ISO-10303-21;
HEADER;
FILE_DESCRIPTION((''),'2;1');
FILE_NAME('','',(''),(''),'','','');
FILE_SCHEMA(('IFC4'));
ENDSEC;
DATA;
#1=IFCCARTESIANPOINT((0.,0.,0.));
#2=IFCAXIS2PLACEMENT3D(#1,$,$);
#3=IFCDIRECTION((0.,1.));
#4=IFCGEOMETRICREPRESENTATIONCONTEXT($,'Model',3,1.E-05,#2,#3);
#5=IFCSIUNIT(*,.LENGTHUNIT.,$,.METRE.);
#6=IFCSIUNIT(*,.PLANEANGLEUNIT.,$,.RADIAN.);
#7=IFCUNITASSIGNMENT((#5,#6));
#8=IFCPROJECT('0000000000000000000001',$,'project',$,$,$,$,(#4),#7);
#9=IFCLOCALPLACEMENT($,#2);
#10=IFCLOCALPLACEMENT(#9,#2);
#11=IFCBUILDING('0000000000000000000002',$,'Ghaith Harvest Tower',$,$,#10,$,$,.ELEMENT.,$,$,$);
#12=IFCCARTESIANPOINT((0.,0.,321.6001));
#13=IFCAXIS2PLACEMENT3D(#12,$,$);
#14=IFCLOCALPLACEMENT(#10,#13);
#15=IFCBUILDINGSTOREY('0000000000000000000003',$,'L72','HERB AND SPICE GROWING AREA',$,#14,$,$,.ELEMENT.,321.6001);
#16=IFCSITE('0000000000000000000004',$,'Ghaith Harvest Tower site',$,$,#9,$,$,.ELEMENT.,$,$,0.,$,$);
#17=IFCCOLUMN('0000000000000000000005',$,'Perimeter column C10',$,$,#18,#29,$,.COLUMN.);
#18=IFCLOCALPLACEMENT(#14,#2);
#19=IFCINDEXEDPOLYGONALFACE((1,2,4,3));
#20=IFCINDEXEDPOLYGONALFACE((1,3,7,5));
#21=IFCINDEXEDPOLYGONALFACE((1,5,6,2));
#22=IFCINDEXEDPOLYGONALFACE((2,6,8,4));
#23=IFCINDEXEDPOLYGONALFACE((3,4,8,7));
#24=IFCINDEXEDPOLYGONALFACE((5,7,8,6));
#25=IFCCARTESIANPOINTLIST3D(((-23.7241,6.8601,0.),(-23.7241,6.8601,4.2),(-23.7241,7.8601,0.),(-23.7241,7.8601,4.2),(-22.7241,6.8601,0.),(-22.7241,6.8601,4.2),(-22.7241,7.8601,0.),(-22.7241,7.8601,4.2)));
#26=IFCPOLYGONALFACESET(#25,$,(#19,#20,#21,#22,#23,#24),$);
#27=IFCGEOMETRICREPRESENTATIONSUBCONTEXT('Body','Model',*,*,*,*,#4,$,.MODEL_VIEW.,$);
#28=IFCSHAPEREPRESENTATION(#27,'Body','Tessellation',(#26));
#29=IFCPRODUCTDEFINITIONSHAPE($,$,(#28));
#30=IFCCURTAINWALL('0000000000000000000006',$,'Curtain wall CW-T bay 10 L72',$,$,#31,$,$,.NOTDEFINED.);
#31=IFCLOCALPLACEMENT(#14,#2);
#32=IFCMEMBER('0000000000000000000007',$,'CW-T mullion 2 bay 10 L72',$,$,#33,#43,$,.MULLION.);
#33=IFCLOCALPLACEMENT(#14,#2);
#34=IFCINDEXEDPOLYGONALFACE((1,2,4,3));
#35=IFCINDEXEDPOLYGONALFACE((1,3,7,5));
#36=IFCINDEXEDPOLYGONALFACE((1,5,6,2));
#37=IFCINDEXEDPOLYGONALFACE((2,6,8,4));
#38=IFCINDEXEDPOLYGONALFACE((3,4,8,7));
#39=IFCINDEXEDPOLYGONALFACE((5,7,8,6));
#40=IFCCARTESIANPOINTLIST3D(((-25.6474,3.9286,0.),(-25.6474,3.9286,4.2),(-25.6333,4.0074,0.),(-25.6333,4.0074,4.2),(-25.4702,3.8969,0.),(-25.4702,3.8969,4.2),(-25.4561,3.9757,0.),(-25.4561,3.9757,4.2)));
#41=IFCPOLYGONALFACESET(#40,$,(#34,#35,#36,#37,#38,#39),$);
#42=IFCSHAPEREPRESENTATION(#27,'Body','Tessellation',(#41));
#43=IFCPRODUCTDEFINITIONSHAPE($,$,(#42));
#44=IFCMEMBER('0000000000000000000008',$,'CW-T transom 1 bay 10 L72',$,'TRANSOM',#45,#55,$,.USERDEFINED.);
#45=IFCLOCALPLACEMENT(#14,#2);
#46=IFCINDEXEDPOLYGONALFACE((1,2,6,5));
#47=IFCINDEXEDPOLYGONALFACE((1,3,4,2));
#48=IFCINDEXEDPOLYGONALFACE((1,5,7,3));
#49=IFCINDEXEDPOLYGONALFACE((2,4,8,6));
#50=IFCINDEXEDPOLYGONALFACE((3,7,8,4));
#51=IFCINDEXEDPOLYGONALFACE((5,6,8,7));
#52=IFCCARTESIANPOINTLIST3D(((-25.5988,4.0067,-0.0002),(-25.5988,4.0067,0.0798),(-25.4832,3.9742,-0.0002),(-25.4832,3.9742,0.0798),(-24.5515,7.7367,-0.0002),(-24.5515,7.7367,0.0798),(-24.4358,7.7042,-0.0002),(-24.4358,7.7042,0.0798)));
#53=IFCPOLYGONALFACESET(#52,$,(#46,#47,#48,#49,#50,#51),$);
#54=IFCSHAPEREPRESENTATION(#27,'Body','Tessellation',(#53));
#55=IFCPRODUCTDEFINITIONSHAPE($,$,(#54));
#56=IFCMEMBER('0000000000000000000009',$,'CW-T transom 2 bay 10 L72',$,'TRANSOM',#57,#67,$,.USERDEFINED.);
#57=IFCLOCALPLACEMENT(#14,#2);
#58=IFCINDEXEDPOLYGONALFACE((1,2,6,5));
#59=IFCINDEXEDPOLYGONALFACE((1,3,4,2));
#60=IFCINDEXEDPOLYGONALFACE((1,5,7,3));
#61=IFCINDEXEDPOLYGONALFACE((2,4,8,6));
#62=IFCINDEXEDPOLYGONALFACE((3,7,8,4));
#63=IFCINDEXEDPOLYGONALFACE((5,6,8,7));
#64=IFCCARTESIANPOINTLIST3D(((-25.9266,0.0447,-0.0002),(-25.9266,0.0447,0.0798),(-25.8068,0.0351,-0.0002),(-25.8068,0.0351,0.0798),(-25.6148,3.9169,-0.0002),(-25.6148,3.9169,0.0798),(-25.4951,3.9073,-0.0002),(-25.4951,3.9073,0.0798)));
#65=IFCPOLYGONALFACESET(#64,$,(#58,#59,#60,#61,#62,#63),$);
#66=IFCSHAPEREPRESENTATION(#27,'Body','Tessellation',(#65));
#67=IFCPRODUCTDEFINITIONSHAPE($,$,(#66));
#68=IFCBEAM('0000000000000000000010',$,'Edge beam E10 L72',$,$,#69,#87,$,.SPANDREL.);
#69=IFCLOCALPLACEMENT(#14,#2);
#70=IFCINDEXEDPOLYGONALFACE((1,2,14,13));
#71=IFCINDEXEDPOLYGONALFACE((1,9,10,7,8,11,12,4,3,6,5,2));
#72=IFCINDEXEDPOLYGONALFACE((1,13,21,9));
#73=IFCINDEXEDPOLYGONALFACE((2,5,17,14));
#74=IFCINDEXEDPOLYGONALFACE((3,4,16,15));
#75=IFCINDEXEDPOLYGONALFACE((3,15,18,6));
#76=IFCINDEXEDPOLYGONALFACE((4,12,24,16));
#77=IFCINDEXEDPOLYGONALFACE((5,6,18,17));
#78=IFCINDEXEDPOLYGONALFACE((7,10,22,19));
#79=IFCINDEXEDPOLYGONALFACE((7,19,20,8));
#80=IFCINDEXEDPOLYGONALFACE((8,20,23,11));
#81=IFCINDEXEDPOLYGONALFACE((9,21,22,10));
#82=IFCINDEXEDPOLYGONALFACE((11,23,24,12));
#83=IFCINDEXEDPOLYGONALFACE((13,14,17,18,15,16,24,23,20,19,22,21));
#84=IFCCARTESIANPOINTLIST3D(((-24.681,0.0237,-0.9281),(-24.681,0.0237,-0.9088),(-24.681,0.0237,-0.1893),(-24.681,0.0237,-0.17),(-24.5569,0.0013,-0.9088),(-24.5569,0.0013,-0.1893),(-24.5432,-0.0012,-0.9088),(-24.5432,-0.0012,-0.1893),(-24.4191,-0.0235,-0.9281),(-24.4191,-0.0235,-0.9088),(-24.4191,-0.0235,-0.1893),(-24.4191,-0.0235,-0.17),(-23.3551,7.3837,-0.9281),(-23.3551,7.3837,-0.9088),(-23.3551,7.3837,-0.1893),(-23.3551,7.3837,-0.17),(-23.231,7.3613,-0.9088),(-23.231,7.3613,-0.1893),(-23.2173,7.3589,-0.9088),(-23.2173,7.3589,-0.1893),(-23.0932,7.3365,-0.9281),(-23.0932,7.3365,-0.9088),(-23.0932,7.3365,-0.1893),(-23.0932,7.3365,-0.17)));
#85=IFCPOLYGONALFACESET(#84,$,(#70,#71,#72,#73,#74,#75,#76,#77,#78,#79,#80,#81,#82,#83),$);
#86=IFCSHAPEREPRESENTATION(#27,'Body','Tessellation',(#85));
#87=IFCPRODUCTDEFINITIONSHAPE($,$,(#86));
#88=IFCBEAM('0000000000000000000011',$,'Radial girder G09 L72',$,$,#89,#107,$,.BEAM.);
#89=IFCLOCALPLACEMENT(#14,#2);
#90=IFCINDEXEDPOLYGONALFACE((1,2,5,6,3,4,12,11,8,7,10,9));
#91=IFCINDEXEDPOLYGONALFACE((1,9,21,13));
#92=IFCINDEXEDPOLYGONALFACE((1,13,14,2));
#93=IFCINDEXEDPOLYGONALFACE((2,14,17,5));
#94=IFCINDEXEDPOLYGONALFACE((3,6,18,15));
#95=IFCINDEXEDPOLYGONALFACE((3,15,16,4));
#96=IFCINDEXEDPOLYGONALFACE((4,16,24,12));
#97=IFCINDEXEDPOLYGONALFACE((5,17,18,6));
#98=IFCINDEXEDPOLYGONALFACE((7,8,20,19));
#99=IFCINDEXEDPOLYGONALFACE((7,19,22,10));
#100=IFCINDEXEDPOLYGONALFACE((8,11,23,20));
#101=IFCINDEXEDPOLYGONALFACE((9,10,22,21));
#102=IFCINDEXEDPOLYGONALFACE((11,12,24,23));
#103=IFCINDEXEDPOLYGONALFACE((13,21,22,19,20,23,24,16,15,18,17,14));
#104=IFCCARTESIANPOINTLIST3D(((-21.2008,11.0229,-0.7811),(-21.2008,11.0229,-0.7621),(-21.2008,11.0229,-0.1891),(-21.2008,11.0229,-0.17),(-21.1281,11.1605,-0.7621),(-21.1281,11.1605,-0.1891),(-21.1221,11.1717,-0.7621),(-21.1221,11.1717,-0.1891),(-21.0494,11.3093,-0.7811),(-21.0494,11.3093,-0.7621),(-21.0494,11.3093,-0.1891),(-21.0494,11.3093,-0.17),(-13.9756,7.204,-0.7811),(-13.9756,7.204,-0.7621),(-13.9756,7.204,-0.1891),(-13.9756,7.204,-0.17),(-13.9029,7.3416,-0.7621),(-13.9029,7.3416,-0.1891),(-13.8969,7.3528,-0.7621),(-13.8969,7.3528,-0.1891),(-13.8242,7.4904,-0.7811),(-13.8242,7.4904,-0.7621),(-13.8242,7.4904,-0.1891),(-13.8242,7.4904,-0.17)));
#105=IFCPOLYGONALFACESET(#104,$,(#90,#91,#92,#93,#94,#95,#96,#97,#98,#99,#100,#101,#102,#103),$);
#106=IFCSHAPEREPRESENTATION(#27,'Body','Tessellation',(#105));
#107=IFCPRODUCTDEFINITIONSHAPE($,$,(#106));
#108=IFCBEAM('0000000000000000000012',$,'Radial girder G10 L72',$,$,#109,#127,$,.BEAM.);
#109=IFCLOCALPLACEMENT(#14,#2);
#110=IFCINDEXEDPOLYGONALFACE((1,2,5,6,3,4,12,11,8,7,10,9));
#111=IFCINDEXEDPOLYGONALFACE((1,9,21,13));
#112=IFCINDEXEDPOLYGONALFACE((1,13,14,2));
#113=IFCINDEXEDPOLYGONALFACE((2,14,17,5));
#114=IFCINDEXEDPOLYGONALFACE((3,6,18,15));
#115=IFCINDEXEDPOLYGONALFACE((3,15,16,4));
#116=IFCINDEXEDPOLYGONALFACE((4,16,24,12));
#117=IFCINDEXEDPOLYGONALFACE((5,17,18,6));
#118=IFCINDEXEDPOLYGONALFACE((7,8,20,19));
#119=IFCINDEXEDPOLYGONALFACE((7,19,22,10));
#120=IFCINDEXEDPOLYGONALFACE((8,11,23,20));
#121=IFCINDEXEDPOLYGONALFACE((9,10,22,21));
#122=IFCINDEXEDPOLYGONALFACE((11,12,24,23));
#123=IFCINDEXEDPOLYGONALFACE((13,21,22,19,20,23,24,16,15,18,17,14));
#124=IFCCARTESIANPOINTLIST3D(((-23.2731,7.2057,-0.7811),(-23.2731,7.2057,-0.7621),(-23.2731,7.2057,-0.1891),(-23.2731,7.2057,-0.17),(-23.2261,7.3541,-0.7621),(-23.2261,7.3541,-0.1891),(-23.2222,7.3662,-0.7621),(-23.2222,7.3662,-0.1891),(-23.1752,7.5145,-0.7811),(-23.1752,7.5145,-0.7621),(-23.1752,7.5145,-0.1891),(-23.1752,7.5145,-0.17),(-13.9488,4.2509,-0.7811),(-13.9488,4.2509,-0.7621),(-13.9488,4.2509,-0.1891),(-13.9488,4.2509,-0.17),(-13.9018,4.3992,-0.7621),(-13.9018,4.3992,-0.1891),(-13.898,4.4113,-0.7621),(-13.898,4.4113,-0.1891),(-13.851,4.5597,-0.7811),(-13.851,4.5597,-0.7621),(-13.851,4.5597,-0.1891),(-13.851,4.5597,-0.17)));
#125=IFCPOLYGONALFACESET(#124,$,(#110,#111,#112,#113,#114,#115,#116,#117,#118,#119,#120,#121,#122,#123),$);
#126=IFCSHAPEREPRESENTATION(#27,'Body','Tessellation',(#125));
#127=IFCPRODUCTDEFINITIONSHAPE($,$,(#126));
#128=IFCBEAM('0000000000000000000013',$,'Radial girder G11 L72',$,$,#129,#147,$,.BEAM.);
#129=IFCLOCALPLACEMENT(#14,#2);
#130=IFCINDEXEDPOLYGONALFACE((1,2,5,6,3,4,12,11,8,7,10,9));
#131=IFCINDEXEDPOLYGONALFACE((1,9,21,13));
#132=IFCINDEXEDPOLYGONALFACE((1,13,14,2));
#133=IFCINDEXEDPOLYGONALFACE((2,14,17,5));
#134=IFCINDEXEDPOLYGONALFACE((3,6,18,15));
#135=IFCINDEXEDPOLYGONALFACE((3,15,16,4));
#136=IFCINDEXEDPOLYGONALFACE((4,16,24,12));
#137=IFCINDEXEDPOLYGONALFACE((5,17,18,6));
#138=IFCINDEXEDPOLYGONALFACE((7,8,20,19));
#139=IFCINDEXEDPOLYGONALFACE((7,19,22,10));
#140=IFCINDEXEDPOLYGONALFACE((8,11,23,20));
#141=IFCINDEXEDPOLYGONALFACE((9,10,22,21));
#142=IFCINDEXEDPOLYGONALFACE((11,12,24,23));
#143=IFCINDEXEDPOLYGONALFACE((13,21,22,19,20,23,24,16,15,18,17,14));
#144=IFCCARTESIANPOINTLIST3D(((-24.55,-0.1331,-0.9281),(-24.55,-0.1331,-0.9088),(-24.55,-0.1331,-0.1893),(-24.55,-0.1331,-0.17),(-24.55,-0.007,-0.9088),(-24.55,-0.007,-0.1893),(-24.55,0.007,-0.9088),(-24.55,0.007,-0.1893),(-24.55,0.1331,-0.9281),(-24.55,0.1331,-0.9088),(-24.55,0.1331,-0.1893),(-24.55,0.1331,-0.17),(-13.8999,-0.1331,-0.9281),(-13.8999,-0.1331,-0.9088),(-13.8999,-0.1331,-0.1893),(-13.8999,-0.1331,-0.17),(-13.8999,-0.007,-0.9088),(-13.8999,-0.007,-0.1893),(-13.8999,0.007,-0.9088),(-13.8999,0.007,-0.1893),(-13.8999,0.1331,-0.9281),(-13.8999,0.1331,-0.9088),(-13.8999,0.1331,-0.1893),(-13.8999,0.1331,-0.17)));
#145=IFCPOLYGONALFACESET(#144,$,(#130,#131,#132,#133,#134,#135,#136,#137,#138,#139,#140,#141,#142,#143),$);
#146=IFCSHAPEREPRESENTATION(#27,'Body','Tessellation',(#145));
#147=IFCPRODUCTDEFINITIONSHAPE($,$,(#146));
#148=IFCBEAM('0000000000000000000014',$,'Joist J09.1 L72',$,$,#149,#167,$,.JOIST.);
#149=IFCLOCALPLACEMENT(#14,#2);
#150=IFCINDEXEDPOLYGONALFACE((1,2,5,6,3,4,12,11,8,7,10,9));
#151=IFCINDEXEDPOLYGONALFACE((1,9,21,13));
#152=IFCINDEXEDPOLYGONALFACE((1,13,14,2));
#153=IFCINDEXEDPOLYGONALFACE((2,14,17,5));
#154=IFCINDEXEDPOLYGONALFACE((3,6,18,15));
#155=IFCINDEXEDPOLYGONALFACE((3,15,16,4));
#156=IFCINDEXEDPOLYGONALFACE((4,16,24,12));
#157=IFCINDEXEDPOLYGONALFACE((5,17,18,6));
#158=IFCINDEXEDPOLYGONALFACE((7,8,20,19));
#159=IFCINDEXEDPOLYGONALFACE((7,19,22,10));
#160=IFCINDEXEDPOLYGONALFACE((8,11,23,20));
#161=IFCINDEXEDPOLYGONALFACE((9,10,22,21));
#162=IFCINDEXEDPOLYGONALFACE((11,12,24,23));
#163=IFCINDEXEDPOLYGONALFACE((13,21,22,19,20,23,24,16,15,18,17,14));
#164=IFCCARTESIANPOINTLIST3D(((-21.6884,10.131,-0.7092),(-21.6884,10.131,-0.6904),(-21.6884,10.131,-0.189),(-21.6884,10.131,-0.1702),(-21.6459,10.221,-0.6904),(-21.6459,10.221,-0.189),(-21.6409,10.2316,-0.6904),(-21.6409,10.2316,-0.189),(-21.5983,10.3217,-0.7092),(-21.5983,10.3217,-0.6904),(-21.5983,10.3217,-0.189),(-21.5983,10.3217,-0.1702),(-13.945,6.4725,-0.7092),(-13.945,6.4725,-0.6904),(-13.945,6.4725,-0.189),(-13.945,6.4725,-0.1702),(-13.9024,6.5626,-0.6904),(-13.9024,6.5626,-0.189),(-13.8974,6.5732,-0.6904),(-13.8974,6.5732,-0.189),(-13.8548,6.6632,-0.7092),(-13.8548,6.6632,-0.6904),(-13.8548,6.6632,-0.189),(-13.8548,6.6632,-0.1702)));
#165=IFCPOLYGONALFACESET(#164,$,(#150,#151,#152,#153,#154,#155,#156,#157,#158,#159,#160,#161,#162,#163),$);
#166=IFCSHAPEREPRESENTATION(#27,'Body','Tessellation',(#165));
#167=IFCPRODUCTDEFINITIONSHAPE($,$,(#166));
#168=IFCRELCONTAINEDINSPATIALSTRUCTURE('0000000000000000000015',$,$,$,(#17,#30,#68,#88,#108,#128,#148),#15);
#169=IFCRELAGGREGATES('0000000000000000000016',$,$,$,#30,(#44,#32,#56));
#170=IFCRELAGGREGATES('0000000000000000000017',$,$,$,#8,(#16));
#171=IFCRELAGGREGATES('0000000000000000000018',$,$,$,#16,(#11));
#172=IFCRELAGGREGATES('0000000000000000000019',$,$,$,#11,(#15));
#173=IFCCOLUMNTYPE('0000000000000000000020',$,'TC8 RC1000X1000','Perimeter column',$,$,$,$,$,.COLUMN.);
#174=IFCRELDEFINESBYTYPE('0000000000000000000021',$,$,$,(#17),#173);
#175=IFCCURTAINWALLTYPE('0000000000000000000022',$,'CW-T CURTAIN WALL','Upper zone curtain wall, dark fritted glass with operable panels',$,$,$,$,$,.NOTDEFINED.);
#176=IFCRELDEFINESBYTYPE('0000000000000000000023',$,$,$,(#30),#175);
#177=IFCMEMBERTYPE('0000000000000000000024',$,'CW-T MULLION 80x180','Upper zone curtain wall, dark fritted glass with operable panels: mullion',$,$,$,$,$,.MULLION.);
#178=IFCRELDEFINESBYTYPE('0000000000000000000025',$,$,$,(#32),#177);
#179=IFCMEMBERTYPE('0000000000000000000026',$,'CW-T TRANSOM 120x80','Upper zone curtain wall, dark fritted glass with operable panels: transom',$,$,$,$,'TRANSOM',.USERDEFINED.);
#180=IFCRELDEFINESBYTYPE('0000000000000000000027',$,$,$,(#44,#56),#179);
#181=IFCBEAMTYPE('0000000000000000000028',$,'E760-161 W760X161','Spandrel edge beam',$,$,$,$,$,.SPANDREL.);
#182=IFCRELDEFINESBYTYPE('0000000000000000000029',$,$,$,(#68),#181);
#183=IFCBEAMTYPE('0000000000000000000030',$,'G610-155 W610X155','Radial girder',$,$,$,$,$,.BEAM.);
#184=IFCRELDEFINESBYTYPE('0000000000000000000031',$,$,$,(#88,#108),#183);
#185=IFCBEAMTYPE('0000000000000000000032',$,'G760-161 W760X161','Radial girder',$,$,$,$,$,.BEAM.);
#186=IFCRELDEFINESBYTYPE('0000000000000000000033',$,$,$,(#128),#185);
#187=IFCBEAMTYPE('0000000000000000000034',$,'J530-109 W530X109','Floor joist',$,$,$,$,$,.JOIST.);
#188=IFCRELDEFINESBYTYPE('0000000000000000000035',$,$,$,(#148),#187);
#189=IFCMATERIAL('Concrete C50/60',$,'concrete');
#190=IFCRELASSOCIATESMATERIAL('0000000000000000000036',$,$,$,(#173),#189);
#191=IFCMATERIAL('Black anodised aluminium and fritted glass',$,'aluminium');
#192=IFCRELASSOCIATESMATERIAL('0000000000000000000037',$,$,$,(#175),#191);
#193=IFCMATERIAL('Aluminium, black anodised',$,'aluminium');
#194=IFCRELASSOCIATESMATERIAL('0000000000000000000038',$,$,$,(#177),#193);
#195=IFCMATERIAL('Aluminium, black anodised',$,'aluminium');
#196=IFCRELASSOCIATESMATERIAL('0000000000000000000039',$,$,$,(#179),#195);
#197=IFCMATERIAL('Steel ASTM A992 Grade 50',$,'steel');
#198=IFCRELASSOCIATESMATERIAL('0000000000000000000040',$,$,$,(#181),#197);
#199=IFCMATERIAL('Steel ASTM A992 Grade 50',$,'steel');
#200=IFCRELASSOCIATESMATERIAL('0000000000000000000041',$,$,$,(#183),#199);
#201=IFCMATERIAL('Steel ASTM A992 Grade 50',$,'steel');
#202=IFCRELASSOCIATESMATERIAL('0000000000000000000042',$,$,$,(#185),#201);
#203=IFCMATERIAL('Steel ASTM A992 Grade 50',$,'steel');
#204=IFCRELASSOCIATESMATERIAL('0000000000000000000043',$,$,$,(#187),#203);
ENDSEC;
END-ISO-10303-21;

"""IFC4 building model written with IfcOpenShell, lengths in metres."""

from ifc_helpers import new_model, si_unit, direction, frame, origin, origin_2d, place, context, subcontext, project, spatial, rectangle, i_section, extrude, material, material_profile, profile_set, type_object, element, aggregate, save


model = new_model("IFC4")

# Units and contexts
model_context = context("Model", 3, precision=1e-05, world=origin(), true_north=direction((0.0, 1.0)))
body_context = subcontext(model_context, "Body", "Model", "MODEL_VIEW")
ifc_project = project(units=[si_unit("LENGTHUNIT", "METRE"), si_unit("PLANEANGLEUNIT", "RADIAN")], contexts=[model_context])

# Site, building, storey
site_placement = place(None, origin())
site = spatial("IfcSite", under=ifc_project, at=site_placement, Name="Ghaith Harvest Tower site", CompositionType="ELEMENT", RefElevation=0.0)
building_placement = place(site_placement, origin())
building = spatial("IfcBuilding", under=site, at=building_placement, Name="Ghaith Harvest Tower", CompositionType="ELEMENT")
storey_placement = place(building_placement, frame((0.0, 0.0, 321.6001)))
storey = spatial("IfcBuildingStorey", under=building, at=storey_placement, Name="L72", Description="HERB AND SPICE GROWING AREA", CompositionType="ELEMENT", Elevation=321.6001)

# Column
ifc_material_1 = material(Name="Concrete C50/60", Category="concrete")
ifc_material_profile_1 = material_profile(ifc_material_1, rectangle(XDim=1.0, YDim=1.0, at=origin_2d()), Name="RC1000X1000")
ifc_profile_set_1 = profile_set([ifc_material_profile_1], Name="Concrete C50/60")
column_type = type_object("IfcColumnType", Name="TC8 RC1000X1000", Description="Perimeter column", PredefinedType="COLUMN", material=ifc_profile_set_1)
column_placement = place(storey_placement, frame((-23.2241, 7.3601, 0.0), z_axis=(0.0, 0.0, 1.0), x_axis=(1.0, 0.0, 0.0)))
element("IfcColumn", 1, at=column_placement, inside=storey, type_object=column_type, Name="Perimeter column C10", PredefinedType="COLUMN", context=body_context, shape_type="SweptSolid", body=[
    extrude(rectangle(XDim=1.0, YDim=1.0, at=origin_2d()), origin(), (0.0, 0.0, 1.0), 4.2),
])

# Curtain wall, members
ifc_material_2 = material(Name="Black anodised aluminium and fritted glass", Category="aluminium")
curtain_wall_type = type_object("IfcCurtainWallType", Name="CW-T CURTAIN WALL", Description="Upper zone curtain wall, dark fritted glass with operable panels", PredefinedType="NOTDEFINED", material=ifc_material_2)
curtain_wall_placement = place(storey_placement, origin())
curtain_wall = element("IfcCurtainWall", 2, at=curtain_wall_placement, inside=storey, type_object=curtain_wall_type, Name="Curtain wall CW-T bay 10 L72", PredefinedType="NOTDEFINED")
ifc_material_3 = material(Name="Aluminium, black anodised", Category="aluminium")
ifc_material_profile_2 = material_profile(ifc_material_3, rectangle(XDim=0.0801, YDim=0.1799, at=origin_2d()), Name="CW-T MULLION 80x180")
ifc_profile_set_2 = profile_set([ifc_material_profile_2], Name="Aluminium, black anodised")
member_type_1 = type_object("IfcMemberType", Name="CW-T MULLION 80x180", Description="Upper zone curtain wall, dark fritted glass with operable panels: mullion", PredefinedType="MULLION", material=ifc_profile_set_2)
member_1_placement = place(storey_placement, frame((-25.5518, 3.9521, 0.0), z_axis=(0.0, 0.0, 1.0), x_axis=(-0.176001, -0.98439, 0.0)))
member_1 = element("IfcMember", 3, at=member_1_placement, type_object=member_type_1, Name="CW-T mullion 2 bay 10 L72", PredefinedType="MULLION", context=body_context, shape_type="SweptSolid", body=[
    extrude(rectangle(XDim=0.0801, YDim=0.1799, at=origin_2d()), origin(), (0.0, 0.0, 1.0), 4.2),
])
ifc_material_4 = material(Name="Aluminium, black anodised", Category="aluminium")
ifc_material_profile_3 = material_profile(ifc_material_4, rectangle(XDim=0.1201, YDim=0.0801, at=origin_2d()), Name="CW-T TRANSOM 120x80")
ifc_profile_set_3 = profile_set([ifc_material_profile_3], Name="Aluminium, black anodised")
member_type_2 = type_object("IfcMemberType", Name="CW-T TRANSOM 120x80", Description="Upper zone curtain wall, dark fritted glass with operable panels: transom", ElementType="TRANSOM", PredefinedType="USERDEFINED", material=ifc_profile_set_3)
member_2_placement = place(storey_placement, frame((-24.4937, 7.7205, 0.0398), z_axis=(-0.27034, -0.962765, 0.0), x_axis=(0.962765, -0.27034, 0.0)))
member_2 = element("IfcMember", 4, at=member_2_placement, type_object=member_type_2, Name="CW-T transom 1 bay 10 L72", ObjectType="TRANSOM", PredefinedType="USERDEFINED", context=body_context, shape_type="SweptSolid", body=[
    extrude(rectangle(XDim=0.1201, YDim=0.0801, at=origin_2d()), origin(), (0.0, 0.0, 1.0), 3.8743),
])
member_3_placement = place(storey_placement, frame((-25.5549, 3.9121, 0.0398), z_axis=(-0.080252, -0.996775, 0.0), x_axis=(0.996775, -0.080252, 0.0)))
member_3 = element("IfcMember", 5, at=member_3_placement, type_object=member_type_2, Name="CW-T transom 2 bay 10 L72", ObjectType="TRANSOM", PredefinedType="USERDEFINED", context=body_context, shape_type="SweptSolid", body=[
    extrude(rectangle(XDim=0.1201, YDim=0.0801, at=origin_2d()), origin(), (0.0, 0.0, 1.0), 3.8848),
])

# Beams
ifc_material_5 = material(Name="Steel ASTM A992 Grade 50", Category="steel")
ifc_material_profile_4 = material_profile(ifc_material_5, i_section(OverallWidth=0.2661, OverallDepth=0.7581, WebThickness=0.0139, FlangeThickness=0.0193, at=origin_2d()), Name="W760X161")
ifc_profile_set_4 = profile_set([ifc_material_profile_4], Name="Steel ASTM A992 Grade 50")
beam_type_1 = type_object("IfcBeamType", Name="E760-161 W760X161", Description="Spandrel edge beam", PredefinedType="SPANDREL", material=ifc_profile_set_4)
beam_1_placement = place(storey_placement, frame((-23.2241, 7.3601, -0.5491), z_axis=(-0.177297, -0.984157, 0.0), x_axis=(0.984157, -0.177297, 0.0)))
element("IfcBeam", 6, at=beam_1_placement, inside=storey, type_object=beam_type_1, Name="Edge beam E10 L72", PredefinedType="SPANDREL", context=body_context, shape_type="SweptSolid", body=[
    extrude(i_section(OverallWidth=0.2661, OverallDepth=0.7581, WebThickness=0.0139, FlangeThickness=0.0193, at=origin_2d()), origin(), (0.0, 0.0, 1.0), 7.4785),
])
ifc_material_6 = material(Name="Steel ASTM A992 Grade 50", Category="steel")
ifc_material_profile_5 = material_profile(ifc_material_6, i_section(OverallWidth=0.324, OverallDepth=0.6111, WebThickness=0.0127, FlangeThickness=0.019, at=origin_2d()), Name="W610X155")
ifc_profile_set_5 = profile_set([ifc_material_profile_5], Name="Steel ASTM A992 Grade 50")
beam_type_2 = type_object("IfcBeamType", Name="G610-155 W610X155", Description="Radial girder", PredefinedType="BEAM", material=ifc_profile_set_5)
beam_2_placement = place(storey_placement, frame((-13.8999, 7.3472, -0.4756), z_axis=(-0.884102, 0.467295, 0.0), x_axis=(-0.467295, -0.884102, 0.0)))
element("IfcBeam", 7, at=beam_2_placement, inside=storey, type_object=beam_type_2, Name="Radial girder G09 L72", PredefinedType="BEAM", context=body_context, shape_type="SweptSolid", body=[
    extrude(i_section(OverallWidth=0.324, OverallDepth=0.6111, WebThickness=0.0127, FlangeThickness=0.019, at=origin_2d()), origin(), (0.0, 0.0, 1.0), 8.1724),
])
beam_3_placement = place(storey_placement, frame((-13.8999, 4.4053, -0.4756), z_axis=(-0.953279, 0.302093, 0.0), x_axis=(-0.302093, -0.953279, 0.0)))
element("IfcBeam", 8, at=beam_3_placement, inside=storey, type_object=beam_type_2, Name="Radial girder G10 L72", PredefinedType="BEAM", context=body_context, shape_type="SweptSolid", body=[
    extrude(i_section(OverallWidth=0.324, OverallDepth=0.6111, WebThickness=0.0127, FlangeThickness=0.019, at=origin_2d()), origin(), (0.0, 0.0, 1.0), 9.7812),
])
ifc_material_7 = material(Name="Steel ASTM A992 Grade 50", Category="steel")
ifc_material_profile_6 = material_profile(ifc_material_7, i_section(OverallWidth=0.2661, OverallDepth=0.7581, WebThickness=0.0139, FlangeThickness=0.0193, at=origin_2d()), Name="W760X161")
ifc_profile_set_6 = profile_set([ifc_material_profile_6], Name="Steel ASTM A992 Grade 50")
beam_type_3 = type_object("IfcBeamType", Name="G760-161 W760X161", Description="Radial girder", PredefinedType="BEAM", material=ifc_profile_set_6)
beam_4_placement = place(storey_placement, frame((-13.8999, 0.0, -0.5491), z_axis=(-1.0, 0.0, 0.0), x_axis=(0.0, -1.0, 0.0)))
element("IfcBeam", 9, at=beam_4_placement, inside=storey, type_object=beam_type_3, Name="Radial girder G11 L72", PredefinedType="BEAM", context=body_context, shape_type="SweptSolid", body=[
    extrude(i_section(OverallWidth=0.2661, OverallDepth=0.7581, WebThickness=0.0139, FlangeThickness=0.0193, at=origin_2d()), origin(), (0.0, 0.0, 1.0), 10.6501),
])
ifc_material_8 = material(Name="Steel ASTM A992 Grade 50", Category="steel")
ifc_material_profile_7 = material_profile(ifc_material_8, i_section(OverallWidth=0.2109, OverallDepth=0.5391, WebThickness=0.0117, FlangeThickness=0.0188, at=origin_2d()), Name="W530X109")
ifc_profile_set_7 = profile_set([ifc_material_profile_7], Name="Steel ASTM A992 Grade 50")
beam_type_4 = type_object("IfcBeamType", Name="J530-109 W530X109", Description="Floor joist", PredefinedType="JOIST", material=ifc_profile_set_7)
beam_5_placement = place(storey_placement, frame((-13.8999, 6.5679, -0.4397), z_axis=(-0.904166, 0.427182, 0.0), x_axis=(-0.427182, -0.904166, 0.0)))
element("IfcBeam", 10, at=beam_5_placement, inside=storey, type_object=beam_type_4, Name="Joist J09.1 L72", PredefinedType="JOIST", context=body_context, shape_type="SweptSolid", body=[
    extrude(i_section(OverallWidth=0.2109, OverallDepth=0.5391, WebThickness=0.0117, FlangeThickness=0.0188, at=origin_2d()), origin(), (0.0, 0.0, 1.0), 8.5642),
])

aggregate(curtain_wall, [member_2, member_1, member_3])

save(model, "model.ifc")
